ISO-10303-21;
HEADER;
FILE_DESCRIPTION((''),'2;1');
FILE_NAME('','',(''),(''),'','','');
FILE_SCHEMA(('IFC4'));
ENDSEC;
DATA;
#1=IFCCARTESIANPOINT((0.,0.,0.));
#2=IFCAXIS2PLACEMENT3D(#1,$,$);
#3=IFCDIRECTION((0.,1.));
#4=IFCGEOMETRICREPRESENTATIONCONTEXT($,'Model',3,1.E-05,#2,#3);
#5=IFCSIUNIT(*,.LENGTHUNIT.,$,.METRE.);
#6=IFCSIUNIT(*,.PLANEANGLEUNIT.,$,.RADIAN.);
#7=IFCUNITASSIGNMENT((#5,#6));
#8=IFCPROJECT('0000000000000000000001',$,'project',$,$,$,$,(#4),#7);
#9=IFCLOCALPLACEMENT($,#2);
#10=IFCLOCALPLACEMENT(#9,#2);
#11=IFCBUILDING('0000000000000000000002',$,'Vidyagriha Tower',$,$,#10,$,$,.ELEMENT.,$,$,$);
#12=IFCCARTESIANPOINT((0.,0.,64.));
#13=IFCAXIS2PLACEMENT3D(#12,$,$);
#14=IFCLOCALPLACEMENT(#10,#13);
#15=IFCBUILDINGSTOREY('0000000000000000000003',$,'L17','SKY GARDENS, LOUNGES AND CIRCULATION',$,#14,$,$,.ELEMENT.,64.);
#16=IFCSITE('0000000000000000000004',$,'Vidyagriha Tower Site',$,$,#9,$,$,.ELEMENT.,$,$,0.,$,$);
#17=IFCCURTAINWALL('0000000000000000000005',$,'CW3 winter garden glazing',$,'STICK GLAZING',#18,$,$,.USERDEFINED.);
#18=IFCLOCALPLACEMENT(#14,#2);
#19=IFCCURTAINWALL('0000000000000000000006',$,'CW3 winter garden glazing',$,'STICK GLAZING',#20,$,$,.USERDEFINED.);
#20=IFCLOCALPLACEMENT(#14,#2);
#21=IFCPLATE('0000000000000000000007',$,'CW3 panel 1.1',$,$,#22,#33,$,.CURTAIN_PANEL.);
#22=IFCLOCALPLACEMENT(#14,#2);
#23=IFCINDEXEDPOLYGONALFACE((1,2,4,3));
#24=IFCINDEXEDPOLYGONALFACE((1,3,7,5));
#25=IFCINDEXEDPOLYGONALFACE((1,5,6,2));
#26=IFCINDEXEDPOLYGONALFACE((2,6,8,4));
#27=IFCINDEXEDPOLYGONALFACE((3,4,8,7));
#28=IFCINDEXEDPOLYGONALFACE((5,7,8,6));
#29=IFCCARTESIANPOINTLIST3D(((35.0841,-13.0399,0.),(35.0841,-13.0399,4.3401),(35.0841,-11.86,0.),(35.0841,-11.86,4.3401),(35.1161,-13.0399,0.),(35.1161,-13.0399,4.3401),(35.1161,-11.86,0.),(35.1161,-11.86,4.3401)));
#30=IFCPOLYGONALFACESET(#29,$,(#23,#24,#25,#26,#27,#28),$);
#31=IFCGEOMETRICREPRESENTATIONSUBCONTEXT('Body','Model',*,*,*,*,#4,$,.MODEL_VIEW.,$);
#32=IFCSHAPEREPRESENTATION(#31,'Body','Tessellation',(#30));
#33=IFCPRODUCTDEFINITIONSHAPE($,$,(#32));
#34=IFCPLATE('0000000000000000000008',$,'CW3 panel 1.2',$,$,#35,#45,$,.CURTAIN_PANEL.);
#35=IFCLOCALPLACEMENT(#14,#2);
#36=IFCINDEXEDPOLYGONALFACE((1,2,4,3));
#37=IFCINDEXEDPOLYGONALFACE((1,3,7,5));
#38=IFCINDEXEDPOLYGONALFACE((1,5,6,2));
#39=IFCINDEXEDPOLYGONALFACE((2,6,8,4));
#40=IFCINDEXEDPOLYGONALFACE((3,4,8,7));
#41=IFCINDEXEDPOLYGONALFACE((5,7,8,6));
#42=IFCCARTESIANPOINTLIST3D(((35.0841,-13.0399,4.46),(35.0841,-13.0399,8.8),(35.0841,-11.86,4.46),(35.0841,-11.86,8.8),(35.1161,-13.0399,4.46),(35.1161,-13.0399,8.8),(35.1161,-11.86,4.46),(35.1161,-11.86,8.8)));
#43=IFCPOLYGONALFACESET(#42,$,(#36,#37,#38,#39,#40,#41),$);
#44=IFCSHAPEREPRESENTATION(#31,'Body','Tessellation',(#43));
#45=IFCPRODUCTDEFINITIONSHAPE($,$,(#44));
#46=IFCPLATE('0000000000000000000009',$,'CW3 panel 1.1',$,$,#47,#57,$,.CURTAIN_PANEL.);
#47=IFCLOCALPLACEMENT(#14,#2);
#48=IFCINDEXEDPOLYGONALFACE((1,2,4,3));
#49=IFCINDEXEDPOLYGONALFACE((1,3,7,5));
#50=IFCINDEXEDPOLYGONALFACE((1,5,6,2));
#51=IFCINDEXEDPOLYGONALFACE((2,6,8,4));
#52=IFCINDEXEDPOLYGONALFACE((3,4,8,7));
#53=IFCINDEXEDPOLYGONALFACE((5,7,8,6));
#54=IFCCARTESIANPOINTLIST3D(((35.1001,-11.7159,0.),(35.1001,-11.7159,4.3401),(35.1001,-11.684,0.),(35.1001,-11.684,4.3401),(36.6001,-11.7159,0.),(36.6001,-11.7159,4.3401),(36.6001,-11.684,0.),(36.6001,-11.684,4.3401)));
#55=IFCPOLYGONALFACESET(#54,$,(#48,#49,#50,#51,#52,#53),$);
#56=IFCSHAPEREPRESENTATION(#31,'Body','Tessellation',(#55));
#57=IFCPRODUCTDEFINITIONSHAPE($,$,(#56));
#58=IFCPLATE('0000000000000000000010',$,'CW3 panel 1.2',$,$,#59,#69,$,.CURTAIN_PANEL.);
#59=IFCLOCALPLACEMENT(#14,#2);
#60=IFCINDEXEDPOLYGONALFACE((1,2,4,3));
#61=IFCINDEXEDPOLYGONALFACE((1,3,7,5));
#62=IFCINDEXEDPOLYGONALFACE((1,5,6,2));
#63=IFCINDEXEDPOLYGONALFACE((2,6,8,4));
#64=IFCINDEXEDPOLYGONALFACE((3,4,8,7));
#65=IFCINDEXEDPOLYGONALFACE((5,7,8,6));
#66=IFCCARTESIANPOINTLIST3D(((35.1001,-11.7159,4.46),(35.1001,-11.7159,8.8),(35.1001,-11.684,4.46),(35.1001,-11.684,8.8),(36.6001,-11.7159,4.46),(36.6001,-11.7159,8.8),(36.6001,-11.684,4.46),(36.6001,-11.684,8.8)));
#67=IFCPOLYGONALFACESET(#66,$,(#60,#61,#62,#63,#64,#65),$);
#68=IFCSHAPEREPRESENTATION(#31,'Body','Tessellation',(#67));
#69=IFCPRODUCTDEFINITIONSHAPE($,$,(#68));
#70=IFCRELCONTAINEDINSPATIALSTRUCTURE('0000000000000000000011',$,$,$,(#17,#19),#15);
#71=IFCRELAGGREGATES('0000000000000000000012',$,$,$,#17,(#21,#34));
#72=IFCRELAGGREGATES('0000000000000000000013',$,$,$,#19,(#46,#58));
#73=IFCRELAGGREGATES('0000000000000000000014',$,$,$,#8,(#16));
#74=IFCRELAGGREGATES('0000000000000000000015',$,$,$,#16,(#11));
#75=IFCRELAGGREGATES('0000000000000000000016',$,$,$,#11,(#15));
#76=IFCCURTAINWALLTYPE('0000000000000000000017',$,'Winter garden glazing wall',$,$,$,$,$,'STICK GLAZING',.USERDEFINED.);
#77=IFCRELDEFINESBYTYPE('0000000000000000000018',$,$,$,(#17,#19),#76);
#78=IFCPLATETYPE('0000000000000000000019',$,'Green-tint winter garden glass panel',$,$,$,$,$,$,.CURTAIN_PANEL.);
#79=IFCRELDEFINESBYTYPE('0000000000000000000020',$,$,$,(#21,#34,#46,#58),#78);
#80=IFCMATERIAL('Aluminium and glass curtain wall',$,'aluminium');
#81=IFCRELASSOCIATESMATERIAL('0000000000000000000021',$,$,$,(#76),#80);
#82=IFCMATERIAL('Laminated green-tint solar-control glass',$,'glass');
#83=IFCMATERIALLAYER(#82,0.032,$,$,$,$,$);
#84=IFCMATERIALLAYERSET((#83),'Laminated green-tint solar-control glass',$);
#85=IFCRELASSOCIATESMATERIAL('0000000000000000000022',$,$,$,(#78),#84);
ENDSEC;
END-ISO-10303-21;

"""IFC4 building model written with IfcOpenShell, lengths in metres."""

from ifc_helpers import new_model, si_unit, direction, frame, origin, origin_2d, place, context, subcontext, project, spatial, rectangle, extrude, material, layer, layer_set, type_object, element, aggregate, save


model = new_model("IFC4")

# Units and contexts
model_context = context("Model", 3, precision=1e-05, world=origin(), true_north=direction((0.0, 1.0)))
body_context = subcontext(model_context, "Body", "Model", "MODEL_VIEW")
ifc_project = project(units=[si_unit("LENGTHUNIT", "METRE"), si_unit("PLANEANGLEUNIT", "RADIAN")], contexts=[model_context])

# Site, building, storey
site_placement = place(None, origin())
site = spatial("IfcSite", under=ifc_project, at=site_placement, Name="Vidyagriha Tower Site", CompositionType="ELEMENT", RefElevation=0.0)
building_placement = place(site_placement, origin())
building = spatial("IfcBuilding", under=site, at=building_placement, Name="Vidyagriha Tower", CompositionType="ELEMENT")
storey_placement = place(building_placement, frame((0.0, 0.0, 64.0)))
storey = spatial("IfcBuildingStorey", under=building, at=storey_placement, Name="L17", Description="SKY GARDENS, LOUNGES AND CIRCULATION", CompositionType="ELEMENT", Elevation=64.0)

# Shared definitions
ifc_material_1 = material(Name="Aluminium and glass curtain wall", Category="aluminium")
curtain_wall_type = type_object("IfcCurtainWallType", Name="Winter garden glazing wall", ElementType="STICK GLAZING", PredefinedType="USERDEFINED", material=ifc_material_1)

# Curtain wall
curtain_wall_1_placement = place(storey_placement, origin())
curtain_wall_1 = element("IfcCurtainWall", 1, at=curtain_wall_1_placement, inside=storey, type_object=curtain_wall_type, Name="CW3 winter garden glazing", ObjectType="STICK GLAZING", PredefinedType="USERDEFINED")

# Curtain wall
curtain_wall_2_placement = place(storey_placement, origin())
curtain_wall_2 = element("IfcCurtainWall", 2, at=curtain_wall_2_placement, inside=storey, type_object=curtain_wall_type, Name="CW3 winter garden glazing", ObjectType="STICK GLAZING", PredefinedType="USERDEFINED")

# Plates
ifc_material_2 = material(Name="Laminated green-tint solar-control glass", Category="glass")
ifc_layer = layer(ifc_material_2, 0.032)
ifc_layer_set = layer_set([ifc_layer], Name="Laminated green-tint solar-control glass")
plate_type = type_object("IfcPlateType", Name="Green-tint winter garden glass panel", PredefinedType="CURTAIN_PANEL", material=ifc_layer_set)
plate_1_placement = place(storey_placement, frame((35.1001, -12.45, 0.0), z_axis=(0.0, 0.0, 1.0), x_axis=(0.0, 1.0, 0.0)))
plate_1 = element("IfcPlate", 3, at=plate_1_placement, type_object=plate_type, Name="CW3 panel 1.1", PredefinedType="CURTAIN_PANEL", context=body_context, shape_type="SweptSolid", body=[
    extrude(rectangle(XDim=1.1799, YDim=0.032, at=origin_2d()), origin(), (0.0, 0.0, 1.0), 4.3401),
])
plate_2_placement = place(storey_placement, frame((35.1001, -12.45, 4.46), z_axis=(0.0, 0.0, 1.0), x_axis=(0.0, 1.0, 0.0)))
plate_2 = element("IfcPlate", 4, at=plate_2_placement, type_object=plate_type, Name="CW3 panel 1.2", PredefinedType="CURTAIN_PANEL", context=body_context, shape_type="SweptSolid", body=[
    extrude(rectangle(XDim=1.1799, YDim=0.032, at=origin_2d()), origin(), (0.0, 0.0, 1.0), 4.3401),
])
aggregate(curtain_wall_1, [plate_1, plate_2])
plate_3_placement = place(storey_placement, frame((35.8501, -11.7, 0.0)))
plate_3 = element("IfcPlate", 5, at=plate_3_placement, type_object=plate_type, Name="CW3 panel 1.1", PredefinedType="CURTAIN_PANEL", context=body_context, shape_type="SweptSolid", body=[
    extrude(rectangle(XDim=1.5, YDim=0.032, at=origin_2d()), origin(), (0.0, 0.0, 1.0), 4.3401),
])
plate_4_placement = place(storey_placement, frame((35.8501, -11.7, 4.46)))
plate_4 = element("IfcPlate", 6, at=plate_4_placement, type_object=plate_type, Name="CW3 panel 1.2", PredefinedType="CURTAIN_PANEL", context=body_context, shape_type="SweptSolid", body=[
    extrude(rectangle(XDim=1.5, YDim=0.032, at=origin_2d()), origin(), (0.0, 0.0, 1.0), 4.3401),
])
aggregate(curtain_wall_2, [plate_3, plate_4])

save(model, "model.ifc")
